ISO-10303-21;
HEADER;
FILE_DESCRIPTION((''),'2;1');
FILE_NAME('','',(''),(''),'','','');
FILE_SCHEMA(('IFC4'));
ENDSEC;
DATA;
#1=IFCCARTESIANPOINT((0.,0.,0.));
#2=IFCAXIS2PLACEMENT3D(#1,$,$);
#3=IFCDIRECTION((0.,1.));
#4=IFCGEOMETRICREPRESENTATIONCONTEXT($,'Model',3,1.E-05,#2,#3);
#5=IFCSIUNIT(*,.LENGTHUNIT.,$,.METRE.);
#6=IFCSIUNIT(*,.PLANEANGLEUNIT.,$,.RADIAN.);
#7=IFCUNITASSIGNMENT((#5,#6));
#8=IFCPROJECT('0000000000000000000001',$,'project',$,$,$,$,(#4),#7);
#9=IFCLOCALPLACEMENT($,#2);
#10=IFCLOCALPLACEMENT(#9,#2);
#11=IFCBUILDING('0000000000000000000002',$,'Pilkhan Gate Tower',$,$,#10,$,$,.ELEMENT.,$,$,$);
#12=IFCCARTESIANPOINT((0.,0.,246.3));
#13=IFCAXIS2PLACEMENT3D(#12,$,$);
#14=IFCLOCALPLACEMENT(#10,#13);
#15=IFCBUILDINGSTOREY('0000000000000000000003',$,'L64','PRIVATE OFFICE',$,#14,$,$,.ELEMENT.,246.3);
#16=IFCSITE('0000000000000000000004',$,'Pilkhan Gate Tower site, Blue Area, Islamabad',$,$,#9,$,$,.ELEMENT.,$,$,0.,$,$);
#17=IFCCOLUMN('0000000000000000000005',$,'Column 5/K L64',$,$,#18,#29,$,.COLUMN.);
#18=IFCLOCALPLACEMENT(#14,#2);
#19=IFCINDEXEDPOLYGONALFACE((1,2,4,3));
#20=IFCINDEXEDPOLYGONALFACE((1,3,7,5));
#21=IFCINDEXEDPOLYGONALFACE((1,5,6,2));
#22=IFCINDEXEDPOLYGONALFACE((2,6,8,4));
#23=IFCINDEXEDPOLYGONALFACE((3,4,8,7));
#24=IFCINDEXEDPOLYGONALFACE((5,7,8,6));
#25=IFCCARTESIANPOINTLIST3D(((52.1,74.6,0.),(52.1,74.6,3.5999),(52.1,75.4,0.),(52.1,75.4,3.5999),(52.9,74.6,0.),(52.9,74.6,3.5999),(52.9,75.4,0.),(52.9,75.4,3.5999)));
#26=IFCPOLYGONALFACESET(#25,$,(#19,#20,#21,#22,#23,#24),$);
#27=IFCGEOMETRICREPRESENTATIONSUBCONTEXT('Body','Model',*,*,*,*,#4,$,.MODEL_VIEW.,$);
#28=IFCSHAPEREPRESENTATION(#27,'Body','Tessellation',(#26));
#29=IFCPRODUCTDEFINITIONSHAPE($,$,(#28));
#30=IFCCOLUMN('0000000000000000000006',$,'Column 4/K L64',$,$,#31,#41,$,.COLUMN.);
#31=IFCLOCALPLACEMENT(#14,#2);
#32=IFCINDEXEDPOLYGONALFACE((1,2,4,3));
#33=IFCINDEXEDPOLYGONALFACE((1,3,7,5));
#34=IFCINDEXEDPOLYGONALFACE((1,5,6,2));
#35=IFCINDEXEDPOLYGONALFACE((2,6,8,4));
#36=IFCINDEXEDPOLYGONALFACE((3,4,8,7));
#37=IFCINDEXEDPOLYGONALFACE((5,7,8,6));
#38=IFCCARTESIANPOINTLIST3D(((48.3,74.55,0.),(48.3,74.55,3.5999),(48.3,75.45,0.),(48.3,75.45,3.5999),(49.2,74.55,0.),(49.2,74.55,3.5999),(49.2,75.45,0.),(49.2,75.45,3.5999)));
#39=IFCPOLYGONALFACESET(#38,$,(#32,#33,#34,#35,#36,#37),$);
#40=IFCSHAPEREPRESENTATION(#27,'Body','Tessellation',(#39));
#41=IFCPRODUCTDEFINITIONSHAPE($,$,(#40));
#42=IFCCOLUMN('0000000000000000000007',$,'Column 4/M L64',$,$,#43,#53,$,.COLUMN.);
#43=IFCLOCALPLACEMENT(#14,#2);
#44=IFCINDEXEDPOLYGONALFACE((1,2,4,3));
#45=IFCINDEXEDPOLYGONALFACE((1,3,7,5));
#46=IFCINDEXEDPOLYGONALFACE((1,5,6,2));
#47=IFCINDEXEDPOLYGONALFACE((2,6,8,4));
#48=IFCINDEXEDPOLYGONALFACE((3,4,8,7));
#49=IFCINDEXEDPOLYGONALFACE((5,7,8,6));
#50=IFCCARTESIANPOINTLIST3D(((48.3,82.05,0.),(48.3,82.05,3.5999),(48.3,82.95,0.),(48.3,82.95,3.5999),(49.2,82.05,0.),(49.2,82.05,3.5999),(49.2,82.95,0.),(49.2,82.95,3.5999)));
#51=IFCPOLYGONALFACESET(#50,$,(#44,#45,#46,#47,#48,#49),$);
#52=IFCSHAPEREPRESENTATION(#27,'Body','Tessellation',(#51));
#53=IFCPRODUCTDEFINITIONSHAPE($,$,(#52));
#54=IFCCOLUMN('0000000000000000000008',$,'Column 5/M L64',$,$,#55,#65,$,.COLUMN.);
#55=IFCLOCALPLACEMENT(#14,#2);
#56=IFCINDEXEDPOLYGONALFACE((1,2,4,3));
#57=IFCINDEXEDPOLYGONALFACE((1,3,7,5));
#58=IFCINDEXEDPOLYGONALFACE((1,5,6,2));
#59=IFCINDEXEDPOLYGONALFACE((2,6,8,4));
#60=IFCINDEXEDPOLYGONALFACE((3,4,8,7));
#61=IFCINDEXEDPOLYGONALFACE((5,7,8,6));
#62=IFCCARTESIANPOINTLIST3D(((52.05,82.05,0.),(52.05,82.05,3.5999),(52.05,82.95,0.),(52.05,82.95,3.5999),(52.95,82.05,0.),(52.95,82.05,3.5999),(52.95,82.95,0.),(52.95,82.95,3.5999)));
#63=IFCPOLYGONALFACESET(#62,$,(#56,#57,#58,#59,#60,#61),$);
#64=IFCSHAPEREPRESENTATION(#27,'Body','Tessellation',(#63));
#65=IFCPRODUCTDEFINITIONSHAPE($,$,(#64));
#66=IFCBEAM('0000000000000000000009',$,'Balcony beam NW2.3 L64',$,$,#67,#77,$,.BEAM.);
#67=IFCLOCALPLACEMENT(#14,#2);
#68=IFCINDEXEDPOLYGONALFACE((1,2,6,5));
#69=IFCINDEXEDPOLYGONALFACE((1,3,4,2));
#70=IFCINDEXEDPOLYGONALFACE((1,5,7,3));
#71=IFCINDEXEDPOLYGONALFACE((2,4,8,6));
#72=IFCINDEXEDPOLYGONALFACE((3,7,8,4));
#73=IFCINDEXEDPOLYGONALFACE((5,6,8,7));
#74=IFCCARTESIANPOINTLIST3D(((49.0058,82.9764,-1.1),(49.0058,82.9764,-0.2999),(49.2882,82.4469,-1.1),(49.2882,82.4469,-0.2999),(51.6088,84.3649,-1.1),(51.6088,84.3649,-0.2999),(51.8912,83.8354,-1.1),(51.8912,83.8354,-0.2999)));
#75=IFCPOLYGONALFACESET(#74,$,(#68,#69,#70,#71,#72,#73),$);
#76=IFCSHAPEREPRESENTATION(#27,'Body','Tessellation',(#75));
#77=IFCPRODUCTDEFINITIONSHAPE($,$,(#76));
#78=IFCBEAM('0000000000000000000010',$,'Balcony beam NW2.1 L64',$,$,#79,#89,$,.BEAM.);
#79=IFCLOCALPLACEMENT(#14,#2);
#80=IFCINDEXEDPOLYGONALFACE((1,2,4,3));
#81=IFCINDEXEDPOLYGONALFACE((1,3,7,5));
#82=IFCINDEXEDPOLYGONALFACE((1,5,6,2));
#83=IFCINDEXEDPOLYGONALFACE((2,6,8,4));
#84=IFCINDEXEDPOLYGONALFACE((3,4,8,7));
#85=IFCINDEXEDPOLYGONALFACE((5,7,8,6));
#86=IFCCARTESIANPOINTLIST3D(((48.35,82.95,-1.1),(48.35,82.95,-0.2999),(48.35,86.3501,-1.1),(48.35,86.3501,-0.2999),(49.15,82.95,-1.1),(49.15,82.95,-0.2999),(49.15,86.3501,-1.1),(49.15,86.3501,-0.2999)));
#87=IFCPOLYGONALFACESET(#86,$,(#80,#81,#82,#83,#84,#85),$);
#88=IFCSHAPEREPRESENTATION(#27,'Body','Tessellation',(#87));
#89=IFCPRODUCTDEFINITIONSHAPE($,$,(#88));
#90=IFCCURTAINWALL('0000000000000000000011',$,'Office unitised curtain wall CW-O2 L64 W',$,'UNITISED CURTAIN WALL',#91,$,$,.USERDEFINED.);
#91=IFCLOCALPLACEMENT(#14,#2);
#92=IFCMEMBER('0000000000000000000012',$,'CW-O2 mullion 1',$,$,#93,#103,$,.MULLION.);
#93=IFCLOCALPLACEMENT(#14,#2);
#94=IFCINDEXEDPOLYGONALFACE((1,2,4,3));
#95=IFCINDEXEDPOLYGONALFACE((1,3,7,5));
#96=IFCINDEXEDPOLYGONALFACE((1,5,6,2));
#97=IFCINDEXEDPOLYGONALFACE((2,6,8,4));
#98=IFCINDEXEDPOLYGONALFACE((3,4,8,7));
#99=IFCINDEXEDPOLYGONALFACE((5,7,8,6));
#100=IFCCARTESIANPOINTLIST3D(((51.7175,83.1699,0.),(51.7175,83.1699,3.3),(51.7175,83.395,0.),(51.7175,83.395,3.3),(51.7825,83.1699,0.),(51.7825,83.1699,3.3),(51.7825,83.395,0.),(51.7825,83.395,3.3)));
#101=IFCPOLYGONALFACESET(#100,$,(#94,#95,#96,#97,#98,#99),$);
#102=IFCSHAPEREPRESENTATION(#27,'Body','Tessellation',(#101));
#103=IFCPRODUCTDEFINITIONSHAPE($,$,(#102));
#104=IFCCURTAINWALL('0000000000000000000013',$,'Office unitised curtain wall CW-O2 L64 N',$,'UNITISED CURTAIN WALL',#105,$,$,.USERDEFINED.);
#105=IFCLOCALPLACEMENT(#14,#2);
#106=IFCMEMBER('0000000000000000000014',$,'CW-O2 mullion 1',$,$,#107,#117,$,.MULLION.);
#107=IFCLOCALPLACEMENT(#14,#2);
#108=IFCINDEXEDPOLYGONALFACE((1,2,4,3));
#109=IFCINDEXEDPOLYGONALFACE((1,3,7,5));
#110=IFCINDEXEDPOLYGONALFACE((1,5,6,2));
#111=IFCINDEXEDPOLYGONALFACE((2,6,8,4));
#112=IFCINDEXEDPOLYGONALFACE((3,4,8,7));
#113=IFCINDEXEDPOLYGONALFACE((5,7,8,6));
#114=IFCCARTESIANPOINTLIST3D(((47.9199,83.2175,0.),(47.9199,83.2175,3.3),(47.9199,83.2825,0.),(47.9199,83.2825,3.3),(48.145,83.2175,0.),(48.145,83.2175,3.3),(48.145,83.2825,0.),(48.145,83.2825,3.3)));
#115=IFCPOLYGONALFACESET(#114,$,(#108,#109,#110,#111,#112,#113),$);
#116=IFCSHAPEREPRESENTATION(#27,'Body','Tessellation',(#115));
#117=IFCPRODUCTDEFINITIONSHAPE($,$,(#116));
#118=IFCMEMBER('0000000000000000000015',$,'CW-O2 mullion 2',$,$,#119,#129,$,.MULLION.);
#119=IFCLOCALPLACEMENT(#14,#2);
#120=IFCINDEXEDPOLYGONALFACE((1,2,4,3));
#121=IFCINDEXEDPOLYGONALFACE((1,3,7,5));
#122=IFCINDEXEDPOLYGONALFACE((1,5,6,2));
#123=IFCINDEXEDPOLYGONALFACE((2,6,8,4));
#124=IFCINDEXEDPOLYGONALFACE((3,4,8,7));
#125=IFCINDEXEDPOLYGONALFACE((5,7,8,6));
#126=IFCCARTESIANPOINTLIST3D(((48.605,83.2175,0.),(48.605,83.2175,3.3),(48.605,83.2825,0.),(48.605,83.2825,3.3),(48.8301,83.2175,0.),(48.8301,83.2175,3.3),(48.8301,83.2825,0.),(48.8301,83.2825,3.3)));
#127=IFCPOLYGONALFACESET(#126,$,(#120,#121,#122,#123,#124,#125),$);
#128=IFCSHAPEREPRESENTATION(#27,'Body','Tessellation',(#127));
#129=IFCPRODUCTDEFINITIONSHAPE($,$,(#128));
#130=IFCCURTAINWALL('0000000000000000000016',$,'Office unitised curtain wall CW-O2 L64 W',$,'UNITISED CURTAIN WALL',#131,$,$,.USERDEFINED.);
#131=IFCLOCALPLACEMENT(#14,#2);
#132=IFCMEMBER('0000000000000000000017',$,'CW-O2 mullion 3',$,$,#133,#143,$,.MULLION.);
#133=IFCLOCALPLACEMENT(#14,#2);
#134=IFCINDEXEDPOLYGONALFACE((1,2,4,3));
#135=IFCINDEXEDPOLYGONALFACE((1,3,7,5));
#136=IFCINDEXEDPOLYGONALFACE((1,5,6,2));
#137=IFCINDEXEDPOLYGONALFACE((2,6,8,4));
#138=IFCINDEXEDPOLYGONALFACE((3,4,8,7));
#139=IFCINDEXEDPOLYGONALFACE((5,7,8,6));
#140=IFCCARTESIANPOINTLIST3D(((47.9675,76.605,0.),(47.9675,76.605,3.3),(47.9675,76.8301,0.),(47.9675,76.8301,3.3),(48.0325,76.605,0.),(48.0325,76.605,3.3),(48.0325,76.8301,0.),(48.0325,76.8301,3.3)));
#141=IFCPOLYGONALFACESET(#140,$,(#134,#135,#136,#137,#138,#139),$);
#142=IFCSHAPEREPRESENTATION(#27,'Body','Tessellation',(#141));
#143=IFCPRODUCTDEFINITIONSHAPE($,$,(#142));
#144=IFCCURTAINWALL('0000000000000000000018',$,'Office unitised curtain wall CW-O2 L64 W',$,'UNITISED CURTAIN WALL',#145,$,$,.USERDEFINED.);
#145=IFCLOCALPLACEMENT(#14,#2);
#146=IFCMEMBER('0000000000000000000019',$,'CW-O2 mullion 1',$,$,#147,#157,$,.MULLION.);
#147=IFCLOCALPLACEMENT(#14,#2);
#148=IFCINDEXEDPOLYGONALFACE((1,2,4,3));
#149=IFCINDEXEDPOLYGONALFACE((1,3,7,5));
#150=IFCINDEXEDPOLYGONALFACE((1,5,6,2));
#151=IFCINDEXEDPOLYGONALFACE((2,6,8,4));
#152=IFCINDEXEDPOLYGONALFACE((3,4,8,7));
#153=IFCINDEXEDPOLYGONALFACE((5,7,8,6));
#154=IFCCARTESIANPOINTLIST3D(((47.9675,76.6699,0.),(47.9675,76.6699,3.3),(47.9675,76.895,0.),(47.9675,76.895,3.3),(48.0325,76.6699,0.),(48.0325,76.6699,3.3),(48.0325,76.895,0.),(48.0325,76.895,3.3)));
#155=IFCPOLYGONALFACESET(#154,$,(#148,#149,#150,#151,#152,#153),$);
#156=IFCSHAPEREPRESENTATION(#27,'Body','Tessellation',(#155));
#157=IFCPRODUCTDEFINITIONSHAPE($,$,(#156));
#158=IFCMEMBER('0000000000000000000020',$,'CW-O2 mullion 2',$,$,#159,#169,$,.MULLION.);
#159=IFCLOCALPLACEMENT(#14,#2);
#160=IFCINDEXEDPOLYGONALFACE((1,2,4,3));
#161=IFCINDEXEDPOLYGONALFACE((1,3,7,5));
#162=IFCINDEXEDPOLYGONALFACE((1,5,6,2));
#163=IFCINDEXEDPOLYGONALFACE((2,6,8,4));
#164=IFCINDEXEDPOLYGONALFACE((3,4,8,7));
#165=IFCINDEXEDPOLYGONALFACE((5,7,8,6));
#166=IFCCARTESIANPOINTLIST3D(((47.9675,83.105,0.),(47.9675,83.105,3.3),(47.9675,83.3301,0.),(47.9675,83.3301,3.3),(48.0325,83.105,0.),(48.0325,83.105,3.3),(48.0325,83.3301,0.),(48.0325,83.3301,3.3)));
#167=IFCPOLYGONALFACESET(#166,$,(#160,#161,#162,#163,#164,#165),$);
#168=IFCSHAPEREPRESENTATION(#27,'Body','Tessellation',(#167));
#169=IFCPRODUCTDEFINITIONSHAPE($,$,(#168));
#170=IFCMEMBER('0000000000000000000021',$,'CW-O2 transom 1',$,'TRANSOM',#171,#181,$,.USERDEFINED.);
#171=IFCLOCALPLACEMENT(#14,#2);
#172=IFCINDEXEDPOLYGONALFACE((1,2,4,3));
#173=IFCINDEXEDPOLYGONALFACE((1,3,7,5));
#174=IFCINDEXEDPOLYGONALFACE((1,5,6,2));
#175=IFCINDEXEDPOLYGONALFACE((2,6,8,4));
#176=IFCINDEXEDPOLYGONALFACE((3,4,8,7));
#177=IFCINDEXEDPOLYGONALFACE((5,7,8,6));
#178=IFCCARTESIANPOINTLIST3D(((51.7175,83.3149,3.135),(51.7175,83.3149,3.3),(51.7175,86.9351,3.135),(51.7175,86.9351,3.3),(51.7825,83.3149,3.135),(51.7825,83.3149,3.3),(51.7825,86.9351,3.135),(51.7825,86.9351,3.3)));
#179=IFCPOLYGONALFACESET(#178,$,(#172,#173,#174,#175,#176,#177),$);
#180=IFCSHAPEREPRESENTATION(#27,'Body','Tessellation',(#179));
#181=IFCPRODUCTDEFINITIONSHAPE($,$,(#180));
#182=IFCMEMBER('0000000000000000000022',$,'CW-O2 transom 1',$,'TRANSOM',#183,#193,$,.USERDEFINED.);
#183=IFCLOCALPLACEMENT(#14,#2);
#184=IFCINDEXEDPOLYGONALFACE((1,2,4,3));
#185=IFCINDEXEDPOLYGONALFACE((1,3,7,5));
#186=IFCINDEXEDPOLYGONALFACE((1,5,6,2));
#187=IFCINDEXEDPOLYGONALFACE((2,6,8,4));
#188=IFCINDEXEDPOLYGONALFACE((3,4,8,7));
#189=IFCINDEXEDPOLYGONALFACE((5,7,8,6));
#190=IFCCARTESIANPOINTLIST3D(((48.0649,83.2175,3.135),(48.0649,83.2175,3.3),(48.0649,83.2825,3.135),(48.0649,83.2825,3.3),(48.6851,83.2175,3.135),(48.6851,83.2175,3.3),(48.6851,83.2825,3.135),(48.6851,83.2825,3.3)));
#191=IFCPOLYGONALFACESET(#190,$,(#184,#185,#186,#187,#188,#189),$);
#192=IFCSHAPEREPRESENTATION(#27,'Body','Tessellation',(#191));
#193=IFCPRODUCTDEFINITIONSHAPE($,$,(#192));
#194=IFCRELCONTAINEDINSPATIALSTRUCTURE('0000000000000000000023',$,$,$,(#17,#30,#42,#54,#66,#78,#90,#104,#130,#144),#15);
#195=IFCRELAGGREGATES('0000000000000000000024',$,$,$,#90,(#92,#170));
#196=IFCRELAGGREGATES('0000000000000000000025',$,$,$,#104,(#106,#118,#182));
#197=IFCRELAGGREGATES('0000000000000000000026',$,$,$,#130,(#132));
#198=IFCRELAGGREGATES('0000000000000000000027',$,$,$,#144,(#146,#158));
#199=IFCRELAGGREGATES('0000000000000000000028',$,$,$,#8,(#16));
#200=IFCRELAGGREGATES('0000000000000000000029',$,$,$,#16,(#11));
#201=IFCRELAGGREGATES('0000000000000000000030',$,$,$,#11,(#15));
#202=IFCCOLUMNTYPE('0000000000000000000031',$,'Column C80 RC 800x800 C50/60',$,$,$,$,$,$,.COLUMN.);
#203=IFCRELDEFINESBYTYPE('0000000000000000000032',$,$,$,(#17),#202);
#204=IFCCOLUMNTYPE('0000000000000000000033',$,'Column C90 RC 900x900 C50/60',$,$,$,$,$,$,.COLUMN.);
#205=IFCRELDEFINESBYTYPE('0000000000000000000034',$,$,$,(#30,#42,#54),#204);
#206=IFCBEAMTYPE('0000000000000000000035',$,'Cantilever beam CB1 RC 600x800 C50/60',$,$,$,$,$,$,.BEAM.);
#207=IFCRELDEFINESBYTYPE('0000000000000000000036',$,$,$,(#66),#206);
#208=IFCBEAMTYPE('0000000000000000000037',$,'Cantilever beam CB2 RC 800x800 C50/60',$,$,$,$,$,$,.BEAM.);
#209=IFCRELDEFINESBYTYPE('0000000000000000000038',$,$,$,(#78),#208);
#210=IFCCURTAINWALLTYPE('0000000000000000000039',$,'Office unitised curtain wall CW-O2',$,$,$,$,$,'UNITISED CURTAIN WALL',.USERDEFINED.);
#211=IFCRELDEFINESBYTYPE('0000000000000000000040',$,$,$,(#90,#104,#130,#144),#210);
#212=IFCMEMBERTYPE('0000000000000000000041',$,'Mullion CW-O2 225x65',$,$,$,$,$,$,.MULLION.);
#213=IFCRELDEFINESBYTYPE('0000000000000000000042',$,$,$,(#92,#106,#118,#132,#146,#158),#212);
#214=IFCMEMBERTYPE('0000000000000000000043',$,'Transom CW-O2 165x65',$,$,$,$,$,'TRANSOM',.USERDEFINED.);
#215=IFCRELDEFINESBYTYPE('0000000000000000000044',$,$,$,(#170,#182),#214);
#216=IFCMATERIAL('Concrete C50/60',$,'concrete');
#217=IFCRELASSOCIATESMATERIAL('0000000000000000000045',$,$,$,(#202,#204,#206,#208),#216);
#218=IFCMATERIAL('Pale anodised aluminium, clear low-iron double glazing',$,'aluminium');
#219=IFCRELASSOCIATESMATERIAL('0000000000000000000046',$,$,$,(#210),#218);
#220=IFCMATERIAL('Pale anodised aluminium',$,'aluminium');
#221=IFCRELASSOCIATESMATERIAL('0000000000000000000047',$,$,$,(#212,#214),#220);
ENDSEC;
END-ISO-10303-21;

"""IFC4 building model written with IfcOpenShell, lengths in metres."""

from ifc_helpers import new_model, si_unit, direction, frame, origin, origin_2d, place, context, subcontext, project, spatial, rectangle, extrude, material, material_profile, profile_set, type_object, element, aggregate, save


model = new_model("IFC4")

# Units and contexts
model_context = context("Model", 3, precision=1e-05, world=origin(), true_north=direction((0.0, 1.0)))
body_context = subcontext(model_context, "Body", "Model", "MODEL_VIEW")
ifc_project = project(units=[si_unit("LENGTHUNIT", "METRE"), si_unit("PLANEANGLEUNIT", "RADIAN")], contexts=[model_context])

# Site, building, storey
site_placement = place(None, origin())
site = spatial("IfcSite", under=ifc_project, at=site_placement, Name="Pilkhan Gate Tower site, Blue Area, Islamabad", CompositionType="ELEMENT", RefElevation=0.0)
building_placement = place(site_placement, origin())
building = spatial("IfcBuilding", under=site, at=building_placement, Name="Pilkhan Gate Tower", CompositionType="ELEMENT")
storey_placement = place(building_placement, frame((0.0, 0.0, 246.3)))
storey = spatial("IfcBuildingStorey", under=building, at=storey_placement, Name="L64", Description="PRIVATE OFFICE", CompositionType="ELEMENT", Elevation=246.3)

# Columns
ifc_material_1 = material(Name="Concrete C50/60", Category="concrete")
ifc_material_profile_1 = material_profile(ifc_material_1, rectangle(XDim=0.8, YDim=0.8, at=origin_2d()), Name="RC 800x800")
ifc_profile_set_1 = profile_set([ifc_material_profile_1], Name="Concrete C50/60")
column_type_1 = type_object("IfcColumnType", Name="Column C80 RC 800x800 C50/60", PredefinedType="COLUMN", material=ifc_profile_set_1)
column_placement = place(storey_placement, frame((52.5, 75.0, 0.0), z_axis=(0.0, 0.0, 1.0), x_axis=(1.0, 0.0, 0.0)))
element("IfcColumn", 1, at=column_placement, inside=storey, type_object=column_type_1, Name="Column 5/K L64", PredefinedType="COLUMN", context=body_context, shape_type="SweptSolid", body=[
    extrude(rectangle(XDim=0.8, YDim=0.8, at=origin_2d()), origin(), (0.0, 0.0, 1.0), 3.5999),
])
ifc_material_profile_2 = material_profile(ifc_material_1, rectangle(XDim=0.8999, YDim=0.8999, at=origin_2d()), Name="RC 900x900")
ifc_profile_set_2 = profile_set([ifc_material_profile_2], Name="Concrete C50/60")
column_type_2 = type_object("IfcColumnType", Name="Column C90 RC 900x900 C50/60", PredefinedType="COLUMN", material=ifc_profile_set_2)
for number, where, z_axis, x_axis, name in (
    (2, (48.75, 75.0, 0.0), (0.0, 0.0, 1.0), (1.0, 0.0, 0.0), "Column 4/K L64"),
    (3, (48.75, 82.5, 0.0), (0.0, 0.0, 1.0), (1.0, 0.0, 0.0), "Column 4/M L64"),
    (4, (52.5, 82.5, 0.0), (0.0, 0.0, 1.0), (1.0, 0.0, 0.0), "Column 5/M L64"),
):
    element("IfcColumn", number, at=place(storey_placement, frame(where, z_axis=z_axis, x_axis=x_axis)), inside=storey, type_object=column_type_2, Name=name, PredefinedType="COLUMN", context=body_context, shape_type="SweptSolid", body=[
        extrude(rectangle(XDim=0.8999, YDim=0.8999, at=origin_2d()), origin(), (0.0, 0.0, 1.0), 3.5999),
    ])

# Beams
ifc_material_profile_3 = material_profile(ifc_material_1, rectangle(XDim=0.6001, YDim=0.8, at=origin_2d()), Name="RC 600x800")
ifc_profile_set_3 = profile_set([ifc_material_profile_3], Name="Concrete C50/60")
beam_type_1 = type_object("IfcBeamType", Name="Cantilever beam CB1 RC 600x800 C50/60", PredefinedType="BEAM", material=ifc_profile_set_3)
beam_1_placement = place(storey_placement, frame((49.147, 82.7117, -0.7), z_axis=(0.882332, 0.470627, 0.0), x_axis=(-0.470627, 0.882332, 0.0)))
element("IfcBeam", 5, at=beam_1_placement, inside=storey, type_object=beam_type_1, Name="Balcony beam NW2.3 L64", PredefinedType="BEAM", context=body_context, shape_type="SweptSolid", body=[
    extrude(rectangle(XDim=0.6001, YDim=0.8, at=origin_2d()), origin(), (0.0, 0.0, 1.0), 2.9502),
])
ifc_material_profile_4 = material_profile(ifc_material_1, rectangle(XDim=0.8, YDim=0.8, at=origin_2d()), Name="RC 800x800")
ifc_profile_set_4 = profile_set([ifc_material_profile_4], Name="Concrete C50/60")
beam_type_2 = type_object("IfcBeamType", Name="Cantilever beam CB2 RC 800x800 C50/60", PredefinedType="BEAM", material=ifc_profile_set_4)
beam_2_placement = place(storey_placement, frame((48.75, 82.95, -0.7), z_axis=(0.0, 1.0, 0.0), x_axis=(-1.0, 0.0, 0.0)))
element("IfcBeam", 6, at=beam_2_placement, inside=storey, type_object=beam_type_2, Name="Balcony beam NW2.1 L64", PredefinedType="BEAM", context=body_context, shape_type="SweptSolid", body=[
    extrude(rectangle(XDim=0.8, YDim=0.8, at=origin_2d()), origin(), (0.0, 0.0, 1.0), 3.4001),
])

# Curtain wall, member
ifc_material_2 = material(Name="Pale anodised aluminium, clear low-iron double glazing", Category="aluminium")
curtain_wall_type = type_object("IfcCurtainWallType", Name="Office unitised curtain wall CW-O2", ElementType="UNITISED CURTAIN WALL", PredefinedType="USERDEFINED", material=ifc_material_2)
curtain_wall_1_placement = place(storey_placement, origin())
curtain_wall_1 = element("IfcCurtainWall", 7, at=curtain_wall_1_placement, inside=storey, type_object=curtain_wall_type, Name="Office unitised curtain wall CW-O2 L64 W", ObjectType="UNITISED CURTAIN WALL", PredefinedType="USERDEFINED")
ifc_material_3 = material(Name="Pale anodised aluminium", Category="aluminium")
ifc_material_profile_5 = material_profile(ifc_material_3, rectangle(XDim=0.0649, YDim=0.2251, at=origin_2d()), Name="Mullion 225x65")
ifc_profile_set_5 = profile_set([ifc_material_profile_5], Name="Pale anodised aluminium")
member_type_1 = type_object("IfcMemberType", Name="Mullion CW-O2 225x65", PredefinedType="MULLION", material=ifc_profile_set_5)
member_1_placement = place(storey_placement, frame((51.75, 83.2825, 0.0), z_axis=(0.0, 0.0, 1.0), x_axis=(-1.0, 0.0, 0.0)))
member_1 = element("IfcMember", 8, at=member_1_placement, type_object=member_type_1, Name="CW-O2 mullion 1", PredefinedType="MULLION", context=body_context, shape_type="SweptSolid", body=[
    extrude(rectangle(XDim=0.0649, YDim=0.2251, at=origin_2d()), origin(), (0.0, 0.0, 1.0), 3.3),
])

# Curtain wall, members
curtain_wall_2_placement = place(storey_placement, origin())
curtain_wall_2 = element("IfcCurtainWall", 9, at=curtain_wall_2_placement, inside=storey, type_object=curtain_wall_type, Name="Office unitised curtain wall CW-O2 L64 N", ObjectType="UNITISED CURTAIN WALL", PredefinedType="USERDEFINED")
member_2_placement = place(storey_placement, frame((48.0325, 83.25, 0.0), z_axis=(0.0, 0.0, 1.0), x_axis=(0.0, 1.0, 0.0)))
member_2 = element("IfcMember", 10, at=member_2_placement, type_object=member_type_1, Name="CW-O2 mullion 1", PredefinedType="MULLION", context=body_context, shape_type="SweptSolid", body=[
    extrude(rectangle(XDim=0.0649, YDim=0.2251, at=origin_2d()), origin(), (0.0, 0.0, 1.0), 3.3),
])
member_3_placement = place(storey_placement, frame((48.7175, 83.25, 0.0), z_axis=(0.0, 0.0, 1.0), x_axis=(0.0, 1.0, 0.0)))
member_3 = element("IfcMember", 11, at=member_3_placement, type_object=member_type_1, Name="CW-O2 mullion 2", PredefinedType="MULLION", context=body_context, shape_type="SweptSolid", body=[
    extrude(rectangle(XDim=0.0649, YDim=0.2251, at=origin_2d()), origin(), (0.0, 0.0, 1.0), 3.3),
])

# Curtain wall, member
curtain_wall_3_placement = place(storey_placement, origin())
curtain_wall_3 = element("IfcCurtainWall", 12, at=curtain_wall_3_placement, inside=storey, type_object=curtain_wall_type, Name="Office unitised curtain wall CW-O2 L64 W", ObjectType="UNITISED CURTAIN WALL", PredefinedType="USERDEFINED")
member_4_placement = place(storey_placement, frame((48.0, 76.7175, 0.0), z_axis=(0.0, 0.0, 1.0), x_axis=(-1.0, 0.0, 0.0)))
member_4 = element("IfcMember", 13, at=member_4_placement, type_object=member_type_1, Name="CW-O2 mullion 3", PredefinedType="MULLION", context=body_context, shape_type="SweptSolid", body=[
    extrude(rectangle(XDim=0.0649, YDim=0.2251, at=origin_2d()), origin(), (0.0, 0.0, 1.0), 3.3),
])

# Curtain wall, members
curtain_wall_4_placement = place(storey_placement, origin())
curtain_wall_4 = element("IfcCurtainWall", 14, at=curtain_wall_4_placement, inside=storey, type_object=curtain_wall_type, Name="Office unitised curtain wall CW-O2 L64 W", ObjectType="UNITISED CURTAIN WALL", PredefinedType="USERDEFINED")
member_5_placement = place(storey_placement, frame((48.0, 76.7825, 0.0), z_axis=(0.0, 0.0, 1.0), x_axis=(-1.0, 0.0, 0.0)))
member_5 = element("IfcMember", 15, at=member_5_placement, type_object=member_type_1, Name="CW-O2 mullion 1", PredefinedType="MULLION", context=body_context, shape_type="SweptSolid", body=[
    extrude(rectangle(XDim=0.0649, YDim=0.2251, at=origin_2d()), origin(), (0.0, 0.0, 1.0), 3.3),
])
member_6_placement = place(storey_placement, frame((48.0, 83.2175, 0.0), z_axis=(0.0, 0.0, 1.0), x_axis=(-1.0, 0.0, 0.0)))
member_6 = element("IfcMember", 16, at=member_6_placement, type_object=member_type_1, Name="CW-O2 mullion 2", PredefinedType="MULLION", context=body_context, shape_type="SweptSolid", body=[
    extrude(rectangle(XDim=0.0649, YDim=0.2251, at=origin_2d()), origin(), (0.0, 0.0, 1.0), 3.3),
])

# Members
ifc_material_profile_6 = material_profile(ifc_material_3, rectangle(XDim=0.0649, YDim=0.165, at=origin_2d()), Name="Transom 165x65")
ifc_profile_set_6 = profile_set([ifc_material_profile_6], Name="Pale anodised aluminium")
member_type_2 = type_object("IfcMemberType", Name="Transom CW-O2 165x65", ElementType="TRANSOM", PredefinedType="USERDEFINED", material=ifc_profile_set_6)
member_7_placement = place(storey_placement, frame((51.75, 83.3149, 3.2175), z_axis=(0.0, 1.0, 0.0), x_axis=(-1.0, 0.0, 0.0)))
member_7 = element("IfcMember", 17, at=member_7_placement, type_object=member_type_2, Name="CW-O2 transom 1", ObjectType="TRANSOM", PredefinedType="USERDEFINED", context=body_context, shape_type="SweptSolid", body=[
    extrude(rectangle(XDim=0.0649, YDim=0.165, at=origin_2d()), origin(), (0.0, 0.0, 1.0), 3.6201),
])
aggregate(curtain_wall_1, [member_1, member_7])
member_8_placement = place(storey_placement, frame((48.0649, 83.25, 3.2175), z_axis=(1.0, 0.0, 0.0), x_axis=(0.0, 1.0, 0.0)))
member_8 = element("IfcMember", 18, at=member_8_placement, type_object=member_type_2, Name="CW-O2 transom 1", ObjectType="TRANSOM", PredefinedType="USERDEFINED", context=body_context, shape_type="SweptSolid", body=[
    extrude(rectangle(XDim=0.0649, YDim=0.165, at=origin_2d()), origin(), (0.0, 0.0, 1.0), 0.6201),
])

aggregate(curtain_wall_2, [member_2, member_3, member_8])
aggregate(curtain_wall_3, [member_4])
aggregate(curtain_wall_4, [member_5, member_6])

save(model, "model.ifc")
